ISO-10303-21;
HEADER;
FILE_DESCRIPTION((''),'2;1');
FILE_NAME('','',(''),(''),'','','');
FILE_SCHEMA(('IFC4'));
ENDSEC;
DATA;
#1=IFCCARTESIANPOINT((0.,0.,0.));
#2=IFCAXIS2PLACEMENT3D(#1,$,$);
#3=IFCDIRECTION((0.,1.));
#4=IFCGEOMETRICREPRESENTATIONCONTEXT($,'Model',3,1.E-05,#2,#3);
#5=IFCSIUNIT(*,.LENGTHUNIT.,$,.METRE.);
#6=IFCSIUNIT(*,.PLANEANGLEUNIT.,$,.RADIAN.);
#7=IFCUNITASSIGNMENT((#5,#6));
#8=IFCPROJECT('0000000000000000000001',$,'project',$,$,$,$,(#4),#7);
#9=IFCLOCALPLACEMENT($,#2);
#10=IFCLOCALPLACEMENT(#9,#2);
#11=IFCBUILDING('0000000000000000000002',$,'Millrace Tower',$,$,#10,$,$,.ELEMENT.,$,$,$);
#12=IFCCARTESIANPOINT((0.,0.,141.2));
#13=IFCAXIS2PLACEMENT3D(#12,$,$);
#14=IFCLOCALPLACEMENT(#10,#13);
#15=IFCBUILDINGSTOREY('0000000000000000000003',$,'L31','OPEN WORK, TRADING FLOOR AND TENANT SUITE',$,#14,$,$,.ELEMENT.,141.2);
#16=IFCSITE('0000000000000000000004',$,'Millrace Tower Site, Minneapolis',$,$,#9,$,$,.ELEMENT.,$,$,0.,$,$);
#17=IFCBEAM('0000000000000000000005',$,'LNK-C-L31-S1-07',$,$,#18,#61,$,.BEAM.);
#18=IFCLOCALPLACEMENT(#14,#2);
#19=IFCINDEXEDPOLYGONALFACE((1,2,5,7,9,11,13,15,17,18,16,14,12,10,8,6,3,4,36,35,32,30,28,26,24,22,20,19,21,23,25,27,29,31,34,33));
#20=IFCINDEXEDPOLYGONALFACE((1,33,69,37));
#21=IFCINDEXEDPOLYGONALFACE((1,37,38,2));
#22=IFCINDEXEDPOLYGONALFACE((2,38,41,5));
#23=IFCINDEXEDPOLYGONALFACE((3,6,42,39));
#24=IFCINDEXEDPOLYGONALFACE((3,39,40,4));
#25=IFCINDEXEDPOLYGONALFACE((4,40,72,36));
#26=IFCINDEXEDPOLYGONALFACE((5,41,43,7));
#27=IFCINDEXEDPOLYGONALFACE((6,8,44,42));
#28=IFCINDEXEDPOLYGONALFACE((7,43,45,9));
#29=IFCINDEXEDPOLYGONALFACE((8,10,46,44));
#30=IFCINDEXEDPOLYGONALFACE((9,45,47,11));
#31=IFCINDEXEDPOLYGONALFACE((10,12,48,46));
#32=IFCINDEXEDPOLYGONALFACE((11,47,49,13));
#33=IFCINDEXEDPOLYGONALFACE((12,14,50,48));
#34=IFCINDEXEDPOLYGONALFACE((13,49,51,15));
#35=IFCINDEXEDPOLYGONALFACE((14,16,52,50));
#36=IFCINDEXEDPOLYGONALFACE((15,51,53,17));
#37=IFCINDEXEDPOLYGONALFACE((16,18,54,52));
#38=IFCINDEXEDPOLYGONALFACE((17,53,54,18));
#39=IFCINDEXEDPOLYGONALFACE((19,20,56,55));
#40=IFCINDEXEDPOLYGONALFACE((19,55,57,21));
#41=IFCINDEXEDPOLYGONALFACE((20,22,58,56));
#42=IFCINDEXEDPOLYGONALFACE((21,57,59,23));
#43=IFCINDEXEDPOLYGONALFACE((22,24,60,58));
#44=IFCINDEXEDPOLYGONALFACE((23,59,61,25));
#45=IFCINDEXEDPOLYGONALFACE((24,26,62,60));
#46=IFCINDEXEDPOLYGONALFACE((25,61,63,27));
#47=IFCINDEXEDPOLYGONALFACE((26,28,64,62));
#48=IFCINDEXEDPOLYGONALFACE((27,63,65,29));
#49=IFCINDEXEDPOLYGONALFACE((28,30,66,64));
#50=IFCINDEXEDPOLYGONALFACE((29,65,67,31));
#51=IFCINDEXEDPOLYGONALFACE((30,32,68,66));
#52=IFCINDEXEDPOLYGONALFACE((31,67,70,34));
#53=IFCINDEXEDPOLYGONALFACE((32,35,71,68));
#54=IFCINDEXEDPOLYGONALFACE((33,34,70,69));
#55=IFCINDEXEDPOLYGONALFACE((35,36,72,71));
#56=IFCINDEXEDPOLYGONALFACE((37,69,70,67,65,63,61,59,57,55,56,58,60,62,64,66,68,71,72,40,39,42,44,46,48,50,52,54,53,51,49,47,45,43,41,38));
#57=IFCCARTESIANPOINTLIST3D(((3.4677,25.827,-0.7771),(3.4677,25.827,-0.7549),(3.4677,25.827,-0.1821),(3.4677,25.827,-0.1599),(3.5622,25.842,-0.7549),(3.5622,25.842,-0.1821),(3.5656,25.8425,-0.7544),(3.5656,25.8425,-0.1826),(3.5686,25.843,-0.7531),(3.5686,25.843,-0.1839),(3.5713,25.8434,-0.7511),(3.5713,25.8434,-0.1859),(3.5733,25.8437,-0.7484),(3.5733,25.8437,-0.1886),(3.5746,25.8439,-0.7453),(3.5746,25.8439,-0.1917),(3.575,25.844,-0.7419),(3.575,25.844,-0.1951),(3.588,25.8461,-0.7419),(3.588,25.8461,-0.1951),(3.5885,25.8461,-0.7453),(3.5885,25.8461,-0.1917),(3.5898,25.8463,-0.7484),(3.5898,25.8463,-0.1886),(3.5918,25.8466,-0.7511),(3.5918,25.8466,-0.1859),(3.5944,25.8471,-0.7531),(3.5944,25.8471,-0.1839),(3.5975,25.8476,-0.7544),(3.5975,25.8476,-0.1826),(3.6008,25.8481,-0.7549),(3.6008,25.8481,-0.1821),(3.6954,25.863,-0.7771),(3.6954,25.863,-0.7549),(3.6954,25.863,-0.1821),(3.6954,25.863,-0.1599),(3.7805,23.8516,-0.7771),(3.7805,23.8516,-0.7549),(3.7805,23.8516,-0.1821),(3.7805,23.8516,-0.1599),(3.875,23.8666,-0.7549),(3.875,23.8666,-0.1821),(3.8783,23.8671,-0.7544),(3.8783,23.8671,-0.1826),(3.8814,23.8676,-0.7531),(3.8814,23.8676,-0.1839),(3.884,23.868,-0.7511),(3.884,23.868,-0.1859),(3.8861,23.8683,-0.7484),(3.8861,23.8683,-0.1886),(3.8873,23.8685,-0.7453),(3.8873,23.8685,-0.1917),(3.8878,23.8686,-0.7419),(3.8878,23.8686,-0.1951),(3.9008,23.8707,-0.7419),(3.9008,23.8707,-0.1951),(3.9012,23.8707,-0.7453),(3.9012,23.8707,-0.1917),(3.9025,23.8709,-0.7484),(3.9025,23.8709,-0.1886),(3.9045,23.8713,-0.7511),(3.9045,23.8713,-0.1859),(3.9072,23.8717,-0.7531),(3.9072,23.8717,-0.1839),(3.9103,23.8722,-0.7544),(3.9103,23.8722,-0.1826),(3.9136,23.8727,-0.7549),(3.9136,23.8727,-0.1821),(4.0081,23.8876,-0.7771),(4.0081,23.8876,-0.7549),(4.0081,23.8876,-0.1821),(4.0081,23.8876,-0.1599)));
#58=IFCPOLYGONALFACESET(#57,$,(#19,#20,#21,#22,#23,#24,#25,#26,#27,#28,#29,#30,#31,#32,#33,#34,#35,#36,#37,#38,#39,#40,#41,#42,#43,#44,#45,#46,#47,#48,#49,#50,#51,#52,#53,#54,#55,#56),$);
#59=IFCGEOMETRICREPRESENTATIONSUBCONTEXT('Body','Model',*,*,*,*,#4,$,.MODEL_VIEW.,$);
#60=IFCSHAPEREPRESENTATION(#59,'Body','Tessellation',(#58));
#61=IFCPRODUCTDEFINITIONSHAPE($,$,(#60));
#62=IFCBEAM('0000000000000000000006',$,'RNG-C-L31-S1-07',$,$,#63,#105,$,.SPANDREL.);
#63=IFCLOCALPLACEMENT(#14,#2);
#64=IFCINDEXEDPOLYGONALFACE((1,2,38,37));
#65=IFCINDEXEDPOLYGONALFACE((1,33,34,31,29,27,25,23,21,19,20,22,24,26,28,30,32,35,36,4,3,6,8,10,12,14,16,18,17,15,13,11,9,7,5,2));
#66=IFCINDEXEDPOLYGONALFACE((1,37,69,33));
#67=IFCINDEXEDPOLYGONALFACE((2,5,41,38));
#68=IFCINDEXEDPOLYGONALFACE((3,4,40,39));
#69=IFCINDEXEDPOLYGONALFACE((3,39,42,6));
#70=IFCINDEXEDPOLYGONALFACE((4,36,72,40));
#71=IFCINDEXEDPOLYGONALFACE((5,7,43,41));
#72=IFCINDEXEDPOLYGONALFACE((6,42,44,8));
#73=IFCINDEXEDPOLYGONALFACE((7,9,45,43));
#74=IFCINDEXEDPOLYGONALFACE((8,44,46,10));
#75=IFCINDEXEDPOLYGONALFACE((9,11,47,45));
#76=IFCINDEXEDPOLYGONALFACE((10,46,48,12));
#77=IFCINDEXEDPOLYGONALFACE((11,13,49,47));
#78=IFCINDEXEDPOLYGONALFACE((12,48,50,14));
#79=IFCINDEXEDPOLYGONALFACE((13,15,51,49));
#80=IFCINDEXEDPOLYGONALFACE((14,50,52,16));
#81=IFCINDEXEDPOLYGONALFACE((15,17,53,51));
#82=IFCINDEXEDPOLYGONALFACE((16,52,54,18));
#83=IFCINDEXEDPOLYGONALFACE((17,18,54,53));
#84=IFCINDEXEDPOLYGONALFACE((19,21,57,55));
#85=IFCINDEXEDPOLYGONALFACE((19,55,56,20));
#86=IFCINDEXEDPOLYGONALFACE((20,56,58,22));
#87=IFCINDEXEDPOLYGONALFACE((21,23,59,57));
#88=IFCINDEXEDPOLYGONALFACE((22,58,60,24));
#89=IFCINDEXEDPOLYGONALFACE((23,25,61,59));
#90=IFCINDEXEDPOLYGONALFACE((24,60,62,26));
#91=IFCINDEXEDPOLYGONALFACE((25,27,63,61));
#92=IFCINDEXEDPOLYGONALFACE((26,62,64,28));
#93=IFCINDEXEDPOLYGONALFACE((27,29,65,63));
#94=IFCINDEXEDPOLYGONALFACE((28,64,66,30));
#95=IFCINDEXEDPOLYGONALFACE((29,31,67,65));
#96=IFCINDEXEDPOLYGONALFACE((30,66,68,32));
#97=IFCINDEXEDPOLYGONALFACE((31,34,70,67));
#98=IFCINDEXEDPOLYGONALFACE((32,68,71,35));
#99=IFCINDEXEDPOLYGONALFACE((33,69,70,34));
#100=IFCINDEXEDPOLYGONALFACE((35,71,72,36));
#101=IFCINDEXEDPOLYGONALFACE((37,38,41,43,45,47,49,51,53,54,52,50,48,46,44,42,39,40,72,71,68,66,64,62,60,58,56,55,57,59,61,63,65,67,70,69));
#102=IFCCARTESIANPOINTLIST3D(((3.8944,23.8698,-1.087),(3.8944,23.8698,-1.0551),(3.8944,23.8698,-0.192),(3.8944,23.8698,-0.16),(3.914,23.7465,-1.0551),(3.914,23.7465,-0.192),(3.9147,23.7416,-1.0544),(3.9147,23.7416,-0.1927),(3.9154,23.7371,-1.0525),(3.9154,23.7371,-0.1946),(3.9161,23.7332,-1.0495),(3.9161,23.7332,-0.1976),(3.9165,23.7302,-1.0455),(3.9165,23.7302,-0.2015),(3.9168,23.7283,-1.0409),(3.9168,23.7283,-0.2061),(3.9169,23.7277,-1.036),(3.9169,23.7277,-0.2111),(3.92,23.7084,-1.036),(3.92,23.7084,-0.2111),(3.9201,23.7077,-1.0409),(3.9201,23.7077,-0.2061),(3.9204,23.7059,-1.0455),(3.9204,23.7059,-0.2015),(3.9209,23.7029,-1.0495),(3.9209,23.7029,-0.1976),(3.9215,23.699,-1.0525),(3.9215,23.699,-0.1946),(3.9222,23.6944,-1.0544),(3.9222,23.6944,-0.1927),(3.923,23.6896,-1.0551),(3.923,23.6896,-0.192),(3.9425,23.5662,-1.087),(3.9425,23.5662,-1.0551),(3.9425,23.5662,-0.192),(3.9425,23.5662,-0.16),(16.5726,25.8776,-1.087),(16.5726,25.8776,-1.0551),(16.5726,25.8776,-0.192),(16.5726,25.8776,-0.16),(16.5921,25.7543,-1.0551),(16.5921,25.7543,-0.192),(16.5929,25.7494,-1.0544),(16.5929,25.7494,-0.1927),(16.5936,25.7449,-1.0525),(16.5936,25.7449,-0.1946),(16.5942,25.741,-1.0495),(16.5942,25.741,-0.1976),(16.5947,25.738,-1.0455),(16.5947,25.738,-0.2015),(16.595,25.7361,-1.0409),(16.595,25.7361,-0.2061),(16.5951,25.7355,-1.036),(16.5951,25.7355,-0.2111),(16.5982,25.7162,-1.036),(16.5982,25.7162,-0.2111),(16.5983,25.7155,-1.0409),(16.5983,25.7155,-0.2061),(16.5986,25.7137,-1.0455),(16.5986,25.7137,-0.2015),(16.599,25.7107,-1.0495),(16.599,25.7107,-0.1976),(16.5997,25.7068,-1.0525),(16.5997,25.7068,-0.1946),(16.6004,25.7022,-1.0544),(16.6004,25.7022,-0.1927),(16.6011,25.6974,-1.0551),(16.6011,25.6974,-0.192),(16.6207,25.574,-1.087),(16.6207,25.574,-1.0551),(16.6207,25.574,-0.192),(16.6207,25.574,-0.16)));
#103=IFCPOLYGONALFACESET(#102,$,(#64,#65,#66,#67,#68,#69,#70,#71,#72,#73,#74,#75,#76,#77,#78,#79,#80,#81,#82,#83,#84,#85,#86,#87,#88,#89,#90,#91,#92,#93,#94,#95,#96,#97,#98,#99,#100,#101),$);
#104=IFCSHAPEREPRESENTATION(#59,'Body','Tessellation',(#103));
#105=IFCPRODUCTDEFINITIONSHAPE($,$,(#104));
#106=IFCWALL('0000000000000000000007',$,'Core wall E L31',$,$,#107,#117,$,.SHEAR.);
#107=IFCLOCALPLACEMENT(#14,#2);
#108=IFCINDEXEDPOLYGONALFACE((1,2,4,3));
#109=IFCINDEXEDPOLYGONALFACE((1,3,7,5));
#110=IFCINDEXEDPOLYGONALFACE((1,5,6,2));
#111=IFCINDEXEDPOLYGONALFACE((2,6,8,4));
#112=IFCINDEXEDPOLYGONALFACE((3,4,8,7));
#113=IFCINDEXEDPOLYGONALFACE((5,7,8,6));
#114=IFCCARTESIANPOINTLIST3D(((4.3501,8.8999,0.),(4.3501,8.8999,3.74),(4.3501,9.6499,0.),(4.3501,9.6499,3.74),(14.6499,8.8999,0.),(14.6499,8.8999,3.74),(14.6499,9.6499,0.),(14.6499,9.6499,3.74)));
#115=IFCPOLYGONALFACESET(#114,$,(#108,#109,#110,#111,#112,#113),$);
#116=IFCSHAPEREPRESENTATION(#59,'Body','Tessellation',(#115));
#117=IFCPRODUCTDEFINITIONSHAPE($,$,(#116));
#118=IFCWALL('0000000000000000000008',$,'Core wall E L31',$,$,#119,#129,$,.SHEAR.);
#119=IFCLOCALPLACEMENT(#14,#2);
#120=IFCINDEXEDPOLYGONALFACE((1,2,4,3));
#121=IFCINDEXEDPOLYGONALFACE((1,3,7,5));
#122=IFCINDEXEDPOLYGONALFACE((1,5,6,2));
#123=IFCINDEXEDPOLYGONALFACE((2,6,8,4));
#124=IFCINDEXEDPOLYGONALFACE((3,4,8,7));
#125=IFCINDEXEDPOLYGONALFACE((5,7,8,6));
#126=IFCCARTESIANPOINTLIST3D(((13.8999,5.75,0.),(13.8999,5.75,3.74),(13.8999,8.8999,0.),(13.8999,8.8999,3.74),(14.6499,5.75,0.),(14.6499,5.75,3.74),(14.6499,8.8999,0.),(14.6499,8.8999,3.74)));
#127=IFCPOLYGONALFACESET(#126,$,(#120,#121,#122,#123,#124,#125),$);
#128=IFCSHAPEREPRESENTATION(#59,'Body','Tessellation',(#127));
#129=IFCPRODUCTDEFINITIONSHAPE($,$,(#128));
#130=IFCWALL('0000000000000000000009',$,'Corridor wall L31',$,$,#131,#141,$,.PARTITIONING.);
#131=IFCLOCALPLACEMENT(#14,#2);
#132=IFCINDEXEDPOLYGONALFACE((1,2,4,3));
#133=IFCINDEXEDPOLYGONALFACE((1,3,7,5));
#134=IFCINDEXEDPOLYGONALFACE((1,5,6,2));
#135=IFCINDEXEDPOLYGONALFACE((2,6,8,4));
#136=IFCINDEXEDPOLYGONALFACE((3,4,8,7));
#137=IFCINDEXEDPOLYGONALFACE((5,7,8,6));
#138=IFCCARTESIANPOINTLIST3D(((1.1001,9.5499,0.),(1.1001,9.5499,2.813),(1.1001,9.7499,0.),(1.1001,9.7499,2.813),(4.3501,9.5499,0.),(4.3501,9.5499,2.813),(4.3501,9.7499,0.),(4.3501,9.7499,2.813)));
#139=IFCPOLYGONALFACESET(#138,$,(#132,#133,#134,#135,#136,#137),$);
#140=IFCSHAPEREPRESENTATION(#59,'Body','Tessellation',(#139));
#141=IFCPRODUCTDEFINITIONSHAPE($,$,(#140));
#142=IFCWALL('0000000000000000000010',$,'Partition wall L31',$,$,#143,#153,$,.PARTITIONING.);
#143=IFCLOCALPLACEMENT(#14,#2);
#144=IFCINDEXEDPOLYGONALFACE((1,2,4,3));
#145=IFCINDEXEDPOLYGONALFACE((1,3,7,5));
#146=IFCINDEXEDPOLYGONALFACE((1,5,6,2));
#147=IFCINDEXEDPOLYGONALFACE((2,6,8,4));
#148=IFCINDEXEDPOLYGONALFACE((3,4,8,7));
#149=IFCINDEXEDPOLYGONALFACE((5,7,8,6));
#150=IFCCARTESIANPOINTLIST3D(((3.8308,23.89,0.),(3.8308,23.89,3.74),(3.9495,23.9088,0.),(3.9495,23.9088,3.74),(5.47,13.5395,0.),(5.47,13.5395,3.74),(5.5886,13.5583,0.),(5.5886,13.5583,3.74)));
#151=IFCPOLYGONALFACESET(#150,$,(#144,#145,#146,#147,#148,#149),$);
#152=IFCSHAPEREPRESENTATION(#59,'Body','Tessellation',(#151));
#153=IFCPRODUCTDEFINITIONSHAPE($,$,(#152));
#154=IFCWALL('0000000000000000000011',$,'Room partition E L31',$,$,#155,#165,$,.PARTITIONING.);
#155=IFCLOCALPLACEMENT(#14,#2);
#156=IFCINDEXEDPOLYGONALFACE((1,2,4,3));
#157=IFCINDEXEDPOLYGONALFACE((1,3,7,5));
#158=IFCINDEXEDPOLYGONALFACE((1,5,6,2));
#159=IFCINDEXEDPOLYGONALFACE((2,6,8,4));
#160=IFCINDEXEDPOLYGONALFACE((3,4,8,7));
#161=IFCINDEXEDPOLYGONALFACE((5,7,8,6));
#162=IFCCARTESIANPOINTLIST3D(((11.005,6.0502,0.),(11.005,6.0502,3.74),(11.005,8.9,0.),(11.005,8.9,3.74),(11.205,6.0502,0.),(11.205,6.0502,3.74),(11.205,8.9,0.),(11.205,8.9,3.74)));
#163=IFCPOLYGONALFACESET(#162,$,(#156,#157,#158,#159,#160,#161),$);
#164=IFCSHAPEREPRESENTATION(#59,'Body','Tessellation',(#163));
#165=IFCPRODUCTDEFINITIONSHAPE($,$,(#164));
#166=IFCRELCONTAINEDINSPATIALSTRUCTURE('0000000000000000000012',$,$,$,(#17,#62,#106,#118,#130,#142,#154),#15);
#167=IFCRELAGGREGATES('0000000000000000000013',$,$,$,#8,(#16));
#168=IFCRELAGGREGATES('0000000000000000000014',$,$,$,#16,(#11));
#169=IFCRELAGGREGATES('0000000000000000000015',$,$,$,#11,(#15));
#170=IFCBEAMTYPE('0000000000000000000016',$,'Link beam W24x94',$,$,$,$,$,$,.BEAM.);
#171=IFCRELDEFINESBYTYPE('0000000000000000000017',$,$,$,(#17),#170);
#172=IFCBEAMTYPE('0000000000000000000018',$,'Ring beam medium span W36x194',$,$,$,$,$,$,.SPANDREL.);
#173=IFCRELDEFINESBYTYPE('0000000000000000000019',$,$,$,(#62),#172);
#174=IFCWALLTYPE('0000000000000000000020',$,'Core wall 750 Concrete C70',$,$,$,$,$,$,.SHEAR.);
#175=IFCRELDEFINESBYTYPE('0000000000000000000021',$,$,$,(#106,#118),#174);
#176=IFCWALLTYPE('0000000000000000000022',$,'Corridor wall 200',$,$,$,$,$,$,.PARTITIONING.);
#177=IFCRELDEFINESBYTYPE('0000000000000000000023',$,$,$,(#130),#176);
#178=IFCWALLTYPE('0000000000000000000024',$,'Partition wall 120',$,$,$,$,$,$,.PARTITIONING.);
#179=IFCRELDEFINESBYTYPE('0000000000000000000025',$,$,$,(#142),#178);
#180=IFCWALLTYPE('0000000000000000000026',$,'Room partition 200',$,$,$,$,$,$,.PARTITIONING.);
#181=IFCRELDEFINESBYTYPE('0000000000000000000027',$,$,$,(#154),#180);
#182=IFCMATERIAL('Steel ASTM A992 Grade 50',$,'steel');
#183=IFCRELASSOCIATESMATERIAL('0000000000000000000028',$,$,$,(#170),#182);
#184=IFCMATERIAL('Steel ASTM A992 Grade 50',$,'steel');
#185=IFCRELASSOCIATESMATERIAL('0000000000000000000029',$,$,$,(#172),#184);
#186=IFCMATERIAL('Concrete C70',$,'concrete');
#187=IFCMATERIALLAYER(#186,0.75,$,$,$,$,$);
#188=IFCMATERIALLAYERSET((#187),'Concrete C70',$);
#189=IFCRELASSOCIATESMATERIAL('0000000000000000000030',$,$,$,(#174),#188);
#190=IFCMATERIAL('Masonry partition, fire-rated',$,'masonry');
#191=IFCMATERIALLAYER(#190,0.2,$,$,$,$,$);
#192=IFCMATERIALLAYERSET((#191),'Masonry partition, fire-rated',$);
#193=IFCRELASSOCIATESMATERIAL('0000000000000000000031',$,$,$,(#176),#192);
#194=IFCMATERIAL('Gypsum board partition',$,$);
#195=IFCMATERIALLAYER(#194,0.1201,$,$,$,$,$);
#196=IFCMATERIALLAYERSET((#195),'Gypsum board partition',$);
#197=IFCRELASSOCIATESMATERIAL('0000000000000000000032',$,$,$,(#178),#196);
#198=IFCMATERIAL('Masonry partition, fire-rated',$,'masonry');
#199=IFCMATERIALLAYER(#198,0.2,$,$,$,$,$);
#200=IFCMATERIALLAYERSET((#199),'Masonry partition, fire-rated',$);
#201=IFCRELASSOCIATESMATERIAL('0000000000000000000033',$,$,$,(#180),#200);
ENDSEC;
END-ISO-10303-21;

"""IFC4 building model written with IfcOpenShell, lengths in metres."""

from ifc_helpers import new_model, si_unit, direction, frame, frame_2d, origin, origin_2d, place, context, subcontext, project, spatial, rectangle, i_section, extrude, material, layer, layer_set, material_profile, profile_set, type_object, element, save


model = new_model("IFC4")

# Units and contexts
model_context = context("Model", 3, precision=1e-05, world=origin(), true_north=direction((0.0, 1.0)))
body_context = subcontext(model_context, "Body", "Model", "MODEL_VIEW")
ifc_project = project(units=[si_unit("LENGTHUNIT", "METRE"), si_unit("PLANEANGLEUNIT", "RADIAN")], contexts=[model_context])

# Site, building, storey
site_placement = place(None, origin())
site = spatial("IfcSite", under=ifc_project, at=site_placement, Name="Millrace Tower Site, Minneapolis", CompositionType="ELEMENT", RefElevation=0.0)
building_placement = place(site_placement, origin())
building = spatial("IfcBuilding", under=site, at=building_placement, Name="Millrace Tower", CompositionType="ELEMENT")
storey_placement = place(building_placement, frame((0.0, 0.0, 141.2)))
storey = spatial("IfcBuildingStorey", under=building, at=storey_placement, Name="L31", Description="OPEN WORK, TRADING FLOOR AND TENANT SUITE", CompositionType="ELEMENT", Elevation=141.2)

# Beams
ifc_material_1 = material(Name="Steel ASTM A992 Grade 50", Category="steel")
ifc_material_profile_1 = material_profile(ifc_material_1, i_section(OverallWidth=0.2305, OverallDepth=0.6172, WebThickness=0.0132, FlangeThickness=0.0222, FilletRadius=0.0129, at=origin_2d()))
ifc_profile_set_1 = profile_set([ifc_material_profile_1], Name="Steel ASTM A992 Grade 50")
beam_type_1 = type_object("IfcBeamType", Name="Link beam W24x94", PredefinedType="BEAM", material=ifc_profile_set_1)
beam_1_placement = place(storey_placement, frame((3.8943, 23.8696, -0.4685), z_axis=(-0.156376, 0.987698, 0.0), x_axis=(-0.987698, -0.156376, 0.0)))
element("IfcBeam", 1, at=beam_1_placement, inside=storey, type_object=beam_type_1, Name="LNK-C-L31-S1-07", PredefinedType="BEAM", context=body_context, shape_type="SweptSolid", body=[
    extrude(i_section(OverallWidth=0.2305, OverallDepth=0.6172, WebThickness=0.0132, FlangeThickness=0.0222, FilletRadius=0.0129, at=origin_2d()), origin(), (0.0, 0.0, 1.0), 2.0),
])
ifc_material_2 = material(Name="Steel ASTM A992 Grade 50", Category="steel")
ifc_material_profile_2 = material_profile(ifc_material_2, i_section(OverallWidth=0.3074, OverallDepth=0.927, WebThickness=0.0195, FlangeThickness=0.032, FilletRadius=0.019, at=origin_2d()))
ifc_profile_set_2 = profile_set([ifc_material_profile_2], Name="Steel ASTM A992 Grade 50")
beam_type_2 = type_object("IfcBeamType", Name="Ring beam medium span W36x194", PredefinedType="SPANDREL", material=ifc_profile_set_2)
beam_2_placement = place(storey_placement, frame((3.9185, 23.718, -0.6235), z_axis=(0.987691, 0.156418, 0.0), x_axis=(-0.156418, 0.987691, 0.0)))
element("IfcBeam", 2, at=beam_2_placement, inside=storey, type_object=beam_type_2, Name="RNG-C-L31-S1-07", PredefinedType="SPANDREL", context=body_context, shape_type="SweptSolid", body=[
    extrude(i_section(OverallWidth=0.3074, OverallDepth=0.927, WebThickness=0.0195, FlangeThickness=0.032, FilletRadius=0.019, at=origin_2d()), origin(), (0.0, 0.0, 1.0), 12.8362),
])

# Walls
ifc_material_3 = material(Name="Concrete C70", Category="concrete")
ifc_layer_1 = layer(ifc_material_3, 0.75)
ifc_layer_set_1 = layer_set([ifc_layer_1], Name="Concrete C70")
wall_type_1 = type_object("IfcWallType", Name="Core wall 750 Concrete C70", PredefinedType="SHEAR", material=ifc_layer_set_1)
wall_1_placement = place(storey_placement, frame((14.6499, 9.2749, 0.0), z_axis=(0.0, 0.0, 1.0), x_axis=(-1.0, 0.0, 0.0)))
element("IfcWall", 3, at=wall_1_placement, inside=storey, type_object=wall_type_1, Name="Core wall E L31", PredefinedType="SHEAR", context=body_context, shape_type="SweptSolid", body=[
    extrude(rectangle(XDim=10.2998, YDim=0.75, at=frame_2d((5.1499, 0.0))), origin(), (0.0, 0.0, 1.0), 3.74),
])
wall_2_placement = place(storey_placement, frame((14.2749, 8.8999, 0.0), z_axis=(0.0, 0.0, 1.0), x_axis=(0.0, -1.0, 0.0)))
element("IfcWall", 4, at=wall_2_placement, inside=storey, type_object=wall_type_1, Name="Core wall E L31", PredefinedType="SHEAR", context=body_context, shape_type="SweptSolid", body=[
    extrude(rectangle(XDim=3.1499, YDim=0.75, at=frame_2d((1.575, 0.0))), origin(), (0.0, 0.0, 1.0), 3.74),
])
ifc_material_4 = material(Name="Masonry partition, fire-rated", Category="masonry")
ifc_layer_2 = layer(ifc_material_4, 0.2)
ifc_layer_set_2 = layer_set([ifc_layer_2], Name="Masonry partition, fire-rated")
wall_type_2 = type_object("IfcWallType", Name="Corridor wall 200", PredefinedType="PARTITIONING", material=ifc_layer_set_2)
wall_3_placement = place(storey_placement, frame((1.1001, 9.6499, 0.0), z_axis=(0.0, 0.0, 1.0), x_axis=(1.0, 0.0, 0.0)))
element("IfcWall", 5, at=wall_3_placement, inside=storey, type_object=wall_type_2, Name="Corridor wall L31", PredefinedType="PARTITIONING", context=body_context, shape_type="SweptSolid", body=[
    extrude(rectangle(XDim=3.25, YDim=0.2, at=frame_2d((1.625, 0.0))), origin(), (0.0, 0.0, 1.0), 2.813),
])
ifc_material_5 = material(Name="Gypsum board partition")
ifc_layer_3 = layer(ifc_material_5, 0.1201)
ifc_layer_set_3 = layer_set([ifc_layer_3], Name="Gypsum board partition")
wall_type_3 = type_object("IfcWallType", Name="Partition wall 120", PredefinedType="PARTITIONING", material=ifc_layer_set_3)
wall_4_placement = place(storey_placement, frame((3.8901, 23.8994, 0.0), z_axis=(0.0, 0.0, 1.0), x_axis=(0.156415, -0.987691, 0.0)))
element("IfcWall", 6, at=wall_4_placement, inside=storey, type_object=wall_type_3, Name="Partition wall L31", PredefinedType="PARTITIONING", context=body_context, shape_type="SweptSolid", body=[
    extrude(rectangle(XDim=10.4795, YDim=0.1201, at=frame_2d((5.2397, 0.0))), origin(), (0.0, 0.0, 1.0), 3.74),
])
ifc_material_6 = material(Name="Masonry partition, fire-rated", Category="masonry")
ifc_layer_4 = layer(ifc_material_6, 0.2)
ifc_layer_set_4 = layer_set([ifc_layer_4], Name="Masonry partition, fire-rated")
wall_type_4 = type_object("IfcWallType", Name="Room partition 200", PredefinedType="PARTITIONING", material=ifc_layer_set_4)
wall_5_placement = place(storey_placement, frame((11.105, 8.8999, 0.0), z_axis=(0.0, 0.0, 1.0), x_axis=(0.0, -1.0, 0.0)))
element("IfcWall", 7, at=wall_5_placement, inside=storey, type_object=wall_type_4, Name="Room partition E L31", PredefinedType="PARTITIONING", context=body_context, shape_type="SweptSolid", body=[
    extrude(rectangle(XDim=2.8499, YDim=0.2, at=frame_2d((1.4248, 0.0))), origin(), (0.0, 0.0, 1.0), 3.74),
])

save(model, "model.ifc")
